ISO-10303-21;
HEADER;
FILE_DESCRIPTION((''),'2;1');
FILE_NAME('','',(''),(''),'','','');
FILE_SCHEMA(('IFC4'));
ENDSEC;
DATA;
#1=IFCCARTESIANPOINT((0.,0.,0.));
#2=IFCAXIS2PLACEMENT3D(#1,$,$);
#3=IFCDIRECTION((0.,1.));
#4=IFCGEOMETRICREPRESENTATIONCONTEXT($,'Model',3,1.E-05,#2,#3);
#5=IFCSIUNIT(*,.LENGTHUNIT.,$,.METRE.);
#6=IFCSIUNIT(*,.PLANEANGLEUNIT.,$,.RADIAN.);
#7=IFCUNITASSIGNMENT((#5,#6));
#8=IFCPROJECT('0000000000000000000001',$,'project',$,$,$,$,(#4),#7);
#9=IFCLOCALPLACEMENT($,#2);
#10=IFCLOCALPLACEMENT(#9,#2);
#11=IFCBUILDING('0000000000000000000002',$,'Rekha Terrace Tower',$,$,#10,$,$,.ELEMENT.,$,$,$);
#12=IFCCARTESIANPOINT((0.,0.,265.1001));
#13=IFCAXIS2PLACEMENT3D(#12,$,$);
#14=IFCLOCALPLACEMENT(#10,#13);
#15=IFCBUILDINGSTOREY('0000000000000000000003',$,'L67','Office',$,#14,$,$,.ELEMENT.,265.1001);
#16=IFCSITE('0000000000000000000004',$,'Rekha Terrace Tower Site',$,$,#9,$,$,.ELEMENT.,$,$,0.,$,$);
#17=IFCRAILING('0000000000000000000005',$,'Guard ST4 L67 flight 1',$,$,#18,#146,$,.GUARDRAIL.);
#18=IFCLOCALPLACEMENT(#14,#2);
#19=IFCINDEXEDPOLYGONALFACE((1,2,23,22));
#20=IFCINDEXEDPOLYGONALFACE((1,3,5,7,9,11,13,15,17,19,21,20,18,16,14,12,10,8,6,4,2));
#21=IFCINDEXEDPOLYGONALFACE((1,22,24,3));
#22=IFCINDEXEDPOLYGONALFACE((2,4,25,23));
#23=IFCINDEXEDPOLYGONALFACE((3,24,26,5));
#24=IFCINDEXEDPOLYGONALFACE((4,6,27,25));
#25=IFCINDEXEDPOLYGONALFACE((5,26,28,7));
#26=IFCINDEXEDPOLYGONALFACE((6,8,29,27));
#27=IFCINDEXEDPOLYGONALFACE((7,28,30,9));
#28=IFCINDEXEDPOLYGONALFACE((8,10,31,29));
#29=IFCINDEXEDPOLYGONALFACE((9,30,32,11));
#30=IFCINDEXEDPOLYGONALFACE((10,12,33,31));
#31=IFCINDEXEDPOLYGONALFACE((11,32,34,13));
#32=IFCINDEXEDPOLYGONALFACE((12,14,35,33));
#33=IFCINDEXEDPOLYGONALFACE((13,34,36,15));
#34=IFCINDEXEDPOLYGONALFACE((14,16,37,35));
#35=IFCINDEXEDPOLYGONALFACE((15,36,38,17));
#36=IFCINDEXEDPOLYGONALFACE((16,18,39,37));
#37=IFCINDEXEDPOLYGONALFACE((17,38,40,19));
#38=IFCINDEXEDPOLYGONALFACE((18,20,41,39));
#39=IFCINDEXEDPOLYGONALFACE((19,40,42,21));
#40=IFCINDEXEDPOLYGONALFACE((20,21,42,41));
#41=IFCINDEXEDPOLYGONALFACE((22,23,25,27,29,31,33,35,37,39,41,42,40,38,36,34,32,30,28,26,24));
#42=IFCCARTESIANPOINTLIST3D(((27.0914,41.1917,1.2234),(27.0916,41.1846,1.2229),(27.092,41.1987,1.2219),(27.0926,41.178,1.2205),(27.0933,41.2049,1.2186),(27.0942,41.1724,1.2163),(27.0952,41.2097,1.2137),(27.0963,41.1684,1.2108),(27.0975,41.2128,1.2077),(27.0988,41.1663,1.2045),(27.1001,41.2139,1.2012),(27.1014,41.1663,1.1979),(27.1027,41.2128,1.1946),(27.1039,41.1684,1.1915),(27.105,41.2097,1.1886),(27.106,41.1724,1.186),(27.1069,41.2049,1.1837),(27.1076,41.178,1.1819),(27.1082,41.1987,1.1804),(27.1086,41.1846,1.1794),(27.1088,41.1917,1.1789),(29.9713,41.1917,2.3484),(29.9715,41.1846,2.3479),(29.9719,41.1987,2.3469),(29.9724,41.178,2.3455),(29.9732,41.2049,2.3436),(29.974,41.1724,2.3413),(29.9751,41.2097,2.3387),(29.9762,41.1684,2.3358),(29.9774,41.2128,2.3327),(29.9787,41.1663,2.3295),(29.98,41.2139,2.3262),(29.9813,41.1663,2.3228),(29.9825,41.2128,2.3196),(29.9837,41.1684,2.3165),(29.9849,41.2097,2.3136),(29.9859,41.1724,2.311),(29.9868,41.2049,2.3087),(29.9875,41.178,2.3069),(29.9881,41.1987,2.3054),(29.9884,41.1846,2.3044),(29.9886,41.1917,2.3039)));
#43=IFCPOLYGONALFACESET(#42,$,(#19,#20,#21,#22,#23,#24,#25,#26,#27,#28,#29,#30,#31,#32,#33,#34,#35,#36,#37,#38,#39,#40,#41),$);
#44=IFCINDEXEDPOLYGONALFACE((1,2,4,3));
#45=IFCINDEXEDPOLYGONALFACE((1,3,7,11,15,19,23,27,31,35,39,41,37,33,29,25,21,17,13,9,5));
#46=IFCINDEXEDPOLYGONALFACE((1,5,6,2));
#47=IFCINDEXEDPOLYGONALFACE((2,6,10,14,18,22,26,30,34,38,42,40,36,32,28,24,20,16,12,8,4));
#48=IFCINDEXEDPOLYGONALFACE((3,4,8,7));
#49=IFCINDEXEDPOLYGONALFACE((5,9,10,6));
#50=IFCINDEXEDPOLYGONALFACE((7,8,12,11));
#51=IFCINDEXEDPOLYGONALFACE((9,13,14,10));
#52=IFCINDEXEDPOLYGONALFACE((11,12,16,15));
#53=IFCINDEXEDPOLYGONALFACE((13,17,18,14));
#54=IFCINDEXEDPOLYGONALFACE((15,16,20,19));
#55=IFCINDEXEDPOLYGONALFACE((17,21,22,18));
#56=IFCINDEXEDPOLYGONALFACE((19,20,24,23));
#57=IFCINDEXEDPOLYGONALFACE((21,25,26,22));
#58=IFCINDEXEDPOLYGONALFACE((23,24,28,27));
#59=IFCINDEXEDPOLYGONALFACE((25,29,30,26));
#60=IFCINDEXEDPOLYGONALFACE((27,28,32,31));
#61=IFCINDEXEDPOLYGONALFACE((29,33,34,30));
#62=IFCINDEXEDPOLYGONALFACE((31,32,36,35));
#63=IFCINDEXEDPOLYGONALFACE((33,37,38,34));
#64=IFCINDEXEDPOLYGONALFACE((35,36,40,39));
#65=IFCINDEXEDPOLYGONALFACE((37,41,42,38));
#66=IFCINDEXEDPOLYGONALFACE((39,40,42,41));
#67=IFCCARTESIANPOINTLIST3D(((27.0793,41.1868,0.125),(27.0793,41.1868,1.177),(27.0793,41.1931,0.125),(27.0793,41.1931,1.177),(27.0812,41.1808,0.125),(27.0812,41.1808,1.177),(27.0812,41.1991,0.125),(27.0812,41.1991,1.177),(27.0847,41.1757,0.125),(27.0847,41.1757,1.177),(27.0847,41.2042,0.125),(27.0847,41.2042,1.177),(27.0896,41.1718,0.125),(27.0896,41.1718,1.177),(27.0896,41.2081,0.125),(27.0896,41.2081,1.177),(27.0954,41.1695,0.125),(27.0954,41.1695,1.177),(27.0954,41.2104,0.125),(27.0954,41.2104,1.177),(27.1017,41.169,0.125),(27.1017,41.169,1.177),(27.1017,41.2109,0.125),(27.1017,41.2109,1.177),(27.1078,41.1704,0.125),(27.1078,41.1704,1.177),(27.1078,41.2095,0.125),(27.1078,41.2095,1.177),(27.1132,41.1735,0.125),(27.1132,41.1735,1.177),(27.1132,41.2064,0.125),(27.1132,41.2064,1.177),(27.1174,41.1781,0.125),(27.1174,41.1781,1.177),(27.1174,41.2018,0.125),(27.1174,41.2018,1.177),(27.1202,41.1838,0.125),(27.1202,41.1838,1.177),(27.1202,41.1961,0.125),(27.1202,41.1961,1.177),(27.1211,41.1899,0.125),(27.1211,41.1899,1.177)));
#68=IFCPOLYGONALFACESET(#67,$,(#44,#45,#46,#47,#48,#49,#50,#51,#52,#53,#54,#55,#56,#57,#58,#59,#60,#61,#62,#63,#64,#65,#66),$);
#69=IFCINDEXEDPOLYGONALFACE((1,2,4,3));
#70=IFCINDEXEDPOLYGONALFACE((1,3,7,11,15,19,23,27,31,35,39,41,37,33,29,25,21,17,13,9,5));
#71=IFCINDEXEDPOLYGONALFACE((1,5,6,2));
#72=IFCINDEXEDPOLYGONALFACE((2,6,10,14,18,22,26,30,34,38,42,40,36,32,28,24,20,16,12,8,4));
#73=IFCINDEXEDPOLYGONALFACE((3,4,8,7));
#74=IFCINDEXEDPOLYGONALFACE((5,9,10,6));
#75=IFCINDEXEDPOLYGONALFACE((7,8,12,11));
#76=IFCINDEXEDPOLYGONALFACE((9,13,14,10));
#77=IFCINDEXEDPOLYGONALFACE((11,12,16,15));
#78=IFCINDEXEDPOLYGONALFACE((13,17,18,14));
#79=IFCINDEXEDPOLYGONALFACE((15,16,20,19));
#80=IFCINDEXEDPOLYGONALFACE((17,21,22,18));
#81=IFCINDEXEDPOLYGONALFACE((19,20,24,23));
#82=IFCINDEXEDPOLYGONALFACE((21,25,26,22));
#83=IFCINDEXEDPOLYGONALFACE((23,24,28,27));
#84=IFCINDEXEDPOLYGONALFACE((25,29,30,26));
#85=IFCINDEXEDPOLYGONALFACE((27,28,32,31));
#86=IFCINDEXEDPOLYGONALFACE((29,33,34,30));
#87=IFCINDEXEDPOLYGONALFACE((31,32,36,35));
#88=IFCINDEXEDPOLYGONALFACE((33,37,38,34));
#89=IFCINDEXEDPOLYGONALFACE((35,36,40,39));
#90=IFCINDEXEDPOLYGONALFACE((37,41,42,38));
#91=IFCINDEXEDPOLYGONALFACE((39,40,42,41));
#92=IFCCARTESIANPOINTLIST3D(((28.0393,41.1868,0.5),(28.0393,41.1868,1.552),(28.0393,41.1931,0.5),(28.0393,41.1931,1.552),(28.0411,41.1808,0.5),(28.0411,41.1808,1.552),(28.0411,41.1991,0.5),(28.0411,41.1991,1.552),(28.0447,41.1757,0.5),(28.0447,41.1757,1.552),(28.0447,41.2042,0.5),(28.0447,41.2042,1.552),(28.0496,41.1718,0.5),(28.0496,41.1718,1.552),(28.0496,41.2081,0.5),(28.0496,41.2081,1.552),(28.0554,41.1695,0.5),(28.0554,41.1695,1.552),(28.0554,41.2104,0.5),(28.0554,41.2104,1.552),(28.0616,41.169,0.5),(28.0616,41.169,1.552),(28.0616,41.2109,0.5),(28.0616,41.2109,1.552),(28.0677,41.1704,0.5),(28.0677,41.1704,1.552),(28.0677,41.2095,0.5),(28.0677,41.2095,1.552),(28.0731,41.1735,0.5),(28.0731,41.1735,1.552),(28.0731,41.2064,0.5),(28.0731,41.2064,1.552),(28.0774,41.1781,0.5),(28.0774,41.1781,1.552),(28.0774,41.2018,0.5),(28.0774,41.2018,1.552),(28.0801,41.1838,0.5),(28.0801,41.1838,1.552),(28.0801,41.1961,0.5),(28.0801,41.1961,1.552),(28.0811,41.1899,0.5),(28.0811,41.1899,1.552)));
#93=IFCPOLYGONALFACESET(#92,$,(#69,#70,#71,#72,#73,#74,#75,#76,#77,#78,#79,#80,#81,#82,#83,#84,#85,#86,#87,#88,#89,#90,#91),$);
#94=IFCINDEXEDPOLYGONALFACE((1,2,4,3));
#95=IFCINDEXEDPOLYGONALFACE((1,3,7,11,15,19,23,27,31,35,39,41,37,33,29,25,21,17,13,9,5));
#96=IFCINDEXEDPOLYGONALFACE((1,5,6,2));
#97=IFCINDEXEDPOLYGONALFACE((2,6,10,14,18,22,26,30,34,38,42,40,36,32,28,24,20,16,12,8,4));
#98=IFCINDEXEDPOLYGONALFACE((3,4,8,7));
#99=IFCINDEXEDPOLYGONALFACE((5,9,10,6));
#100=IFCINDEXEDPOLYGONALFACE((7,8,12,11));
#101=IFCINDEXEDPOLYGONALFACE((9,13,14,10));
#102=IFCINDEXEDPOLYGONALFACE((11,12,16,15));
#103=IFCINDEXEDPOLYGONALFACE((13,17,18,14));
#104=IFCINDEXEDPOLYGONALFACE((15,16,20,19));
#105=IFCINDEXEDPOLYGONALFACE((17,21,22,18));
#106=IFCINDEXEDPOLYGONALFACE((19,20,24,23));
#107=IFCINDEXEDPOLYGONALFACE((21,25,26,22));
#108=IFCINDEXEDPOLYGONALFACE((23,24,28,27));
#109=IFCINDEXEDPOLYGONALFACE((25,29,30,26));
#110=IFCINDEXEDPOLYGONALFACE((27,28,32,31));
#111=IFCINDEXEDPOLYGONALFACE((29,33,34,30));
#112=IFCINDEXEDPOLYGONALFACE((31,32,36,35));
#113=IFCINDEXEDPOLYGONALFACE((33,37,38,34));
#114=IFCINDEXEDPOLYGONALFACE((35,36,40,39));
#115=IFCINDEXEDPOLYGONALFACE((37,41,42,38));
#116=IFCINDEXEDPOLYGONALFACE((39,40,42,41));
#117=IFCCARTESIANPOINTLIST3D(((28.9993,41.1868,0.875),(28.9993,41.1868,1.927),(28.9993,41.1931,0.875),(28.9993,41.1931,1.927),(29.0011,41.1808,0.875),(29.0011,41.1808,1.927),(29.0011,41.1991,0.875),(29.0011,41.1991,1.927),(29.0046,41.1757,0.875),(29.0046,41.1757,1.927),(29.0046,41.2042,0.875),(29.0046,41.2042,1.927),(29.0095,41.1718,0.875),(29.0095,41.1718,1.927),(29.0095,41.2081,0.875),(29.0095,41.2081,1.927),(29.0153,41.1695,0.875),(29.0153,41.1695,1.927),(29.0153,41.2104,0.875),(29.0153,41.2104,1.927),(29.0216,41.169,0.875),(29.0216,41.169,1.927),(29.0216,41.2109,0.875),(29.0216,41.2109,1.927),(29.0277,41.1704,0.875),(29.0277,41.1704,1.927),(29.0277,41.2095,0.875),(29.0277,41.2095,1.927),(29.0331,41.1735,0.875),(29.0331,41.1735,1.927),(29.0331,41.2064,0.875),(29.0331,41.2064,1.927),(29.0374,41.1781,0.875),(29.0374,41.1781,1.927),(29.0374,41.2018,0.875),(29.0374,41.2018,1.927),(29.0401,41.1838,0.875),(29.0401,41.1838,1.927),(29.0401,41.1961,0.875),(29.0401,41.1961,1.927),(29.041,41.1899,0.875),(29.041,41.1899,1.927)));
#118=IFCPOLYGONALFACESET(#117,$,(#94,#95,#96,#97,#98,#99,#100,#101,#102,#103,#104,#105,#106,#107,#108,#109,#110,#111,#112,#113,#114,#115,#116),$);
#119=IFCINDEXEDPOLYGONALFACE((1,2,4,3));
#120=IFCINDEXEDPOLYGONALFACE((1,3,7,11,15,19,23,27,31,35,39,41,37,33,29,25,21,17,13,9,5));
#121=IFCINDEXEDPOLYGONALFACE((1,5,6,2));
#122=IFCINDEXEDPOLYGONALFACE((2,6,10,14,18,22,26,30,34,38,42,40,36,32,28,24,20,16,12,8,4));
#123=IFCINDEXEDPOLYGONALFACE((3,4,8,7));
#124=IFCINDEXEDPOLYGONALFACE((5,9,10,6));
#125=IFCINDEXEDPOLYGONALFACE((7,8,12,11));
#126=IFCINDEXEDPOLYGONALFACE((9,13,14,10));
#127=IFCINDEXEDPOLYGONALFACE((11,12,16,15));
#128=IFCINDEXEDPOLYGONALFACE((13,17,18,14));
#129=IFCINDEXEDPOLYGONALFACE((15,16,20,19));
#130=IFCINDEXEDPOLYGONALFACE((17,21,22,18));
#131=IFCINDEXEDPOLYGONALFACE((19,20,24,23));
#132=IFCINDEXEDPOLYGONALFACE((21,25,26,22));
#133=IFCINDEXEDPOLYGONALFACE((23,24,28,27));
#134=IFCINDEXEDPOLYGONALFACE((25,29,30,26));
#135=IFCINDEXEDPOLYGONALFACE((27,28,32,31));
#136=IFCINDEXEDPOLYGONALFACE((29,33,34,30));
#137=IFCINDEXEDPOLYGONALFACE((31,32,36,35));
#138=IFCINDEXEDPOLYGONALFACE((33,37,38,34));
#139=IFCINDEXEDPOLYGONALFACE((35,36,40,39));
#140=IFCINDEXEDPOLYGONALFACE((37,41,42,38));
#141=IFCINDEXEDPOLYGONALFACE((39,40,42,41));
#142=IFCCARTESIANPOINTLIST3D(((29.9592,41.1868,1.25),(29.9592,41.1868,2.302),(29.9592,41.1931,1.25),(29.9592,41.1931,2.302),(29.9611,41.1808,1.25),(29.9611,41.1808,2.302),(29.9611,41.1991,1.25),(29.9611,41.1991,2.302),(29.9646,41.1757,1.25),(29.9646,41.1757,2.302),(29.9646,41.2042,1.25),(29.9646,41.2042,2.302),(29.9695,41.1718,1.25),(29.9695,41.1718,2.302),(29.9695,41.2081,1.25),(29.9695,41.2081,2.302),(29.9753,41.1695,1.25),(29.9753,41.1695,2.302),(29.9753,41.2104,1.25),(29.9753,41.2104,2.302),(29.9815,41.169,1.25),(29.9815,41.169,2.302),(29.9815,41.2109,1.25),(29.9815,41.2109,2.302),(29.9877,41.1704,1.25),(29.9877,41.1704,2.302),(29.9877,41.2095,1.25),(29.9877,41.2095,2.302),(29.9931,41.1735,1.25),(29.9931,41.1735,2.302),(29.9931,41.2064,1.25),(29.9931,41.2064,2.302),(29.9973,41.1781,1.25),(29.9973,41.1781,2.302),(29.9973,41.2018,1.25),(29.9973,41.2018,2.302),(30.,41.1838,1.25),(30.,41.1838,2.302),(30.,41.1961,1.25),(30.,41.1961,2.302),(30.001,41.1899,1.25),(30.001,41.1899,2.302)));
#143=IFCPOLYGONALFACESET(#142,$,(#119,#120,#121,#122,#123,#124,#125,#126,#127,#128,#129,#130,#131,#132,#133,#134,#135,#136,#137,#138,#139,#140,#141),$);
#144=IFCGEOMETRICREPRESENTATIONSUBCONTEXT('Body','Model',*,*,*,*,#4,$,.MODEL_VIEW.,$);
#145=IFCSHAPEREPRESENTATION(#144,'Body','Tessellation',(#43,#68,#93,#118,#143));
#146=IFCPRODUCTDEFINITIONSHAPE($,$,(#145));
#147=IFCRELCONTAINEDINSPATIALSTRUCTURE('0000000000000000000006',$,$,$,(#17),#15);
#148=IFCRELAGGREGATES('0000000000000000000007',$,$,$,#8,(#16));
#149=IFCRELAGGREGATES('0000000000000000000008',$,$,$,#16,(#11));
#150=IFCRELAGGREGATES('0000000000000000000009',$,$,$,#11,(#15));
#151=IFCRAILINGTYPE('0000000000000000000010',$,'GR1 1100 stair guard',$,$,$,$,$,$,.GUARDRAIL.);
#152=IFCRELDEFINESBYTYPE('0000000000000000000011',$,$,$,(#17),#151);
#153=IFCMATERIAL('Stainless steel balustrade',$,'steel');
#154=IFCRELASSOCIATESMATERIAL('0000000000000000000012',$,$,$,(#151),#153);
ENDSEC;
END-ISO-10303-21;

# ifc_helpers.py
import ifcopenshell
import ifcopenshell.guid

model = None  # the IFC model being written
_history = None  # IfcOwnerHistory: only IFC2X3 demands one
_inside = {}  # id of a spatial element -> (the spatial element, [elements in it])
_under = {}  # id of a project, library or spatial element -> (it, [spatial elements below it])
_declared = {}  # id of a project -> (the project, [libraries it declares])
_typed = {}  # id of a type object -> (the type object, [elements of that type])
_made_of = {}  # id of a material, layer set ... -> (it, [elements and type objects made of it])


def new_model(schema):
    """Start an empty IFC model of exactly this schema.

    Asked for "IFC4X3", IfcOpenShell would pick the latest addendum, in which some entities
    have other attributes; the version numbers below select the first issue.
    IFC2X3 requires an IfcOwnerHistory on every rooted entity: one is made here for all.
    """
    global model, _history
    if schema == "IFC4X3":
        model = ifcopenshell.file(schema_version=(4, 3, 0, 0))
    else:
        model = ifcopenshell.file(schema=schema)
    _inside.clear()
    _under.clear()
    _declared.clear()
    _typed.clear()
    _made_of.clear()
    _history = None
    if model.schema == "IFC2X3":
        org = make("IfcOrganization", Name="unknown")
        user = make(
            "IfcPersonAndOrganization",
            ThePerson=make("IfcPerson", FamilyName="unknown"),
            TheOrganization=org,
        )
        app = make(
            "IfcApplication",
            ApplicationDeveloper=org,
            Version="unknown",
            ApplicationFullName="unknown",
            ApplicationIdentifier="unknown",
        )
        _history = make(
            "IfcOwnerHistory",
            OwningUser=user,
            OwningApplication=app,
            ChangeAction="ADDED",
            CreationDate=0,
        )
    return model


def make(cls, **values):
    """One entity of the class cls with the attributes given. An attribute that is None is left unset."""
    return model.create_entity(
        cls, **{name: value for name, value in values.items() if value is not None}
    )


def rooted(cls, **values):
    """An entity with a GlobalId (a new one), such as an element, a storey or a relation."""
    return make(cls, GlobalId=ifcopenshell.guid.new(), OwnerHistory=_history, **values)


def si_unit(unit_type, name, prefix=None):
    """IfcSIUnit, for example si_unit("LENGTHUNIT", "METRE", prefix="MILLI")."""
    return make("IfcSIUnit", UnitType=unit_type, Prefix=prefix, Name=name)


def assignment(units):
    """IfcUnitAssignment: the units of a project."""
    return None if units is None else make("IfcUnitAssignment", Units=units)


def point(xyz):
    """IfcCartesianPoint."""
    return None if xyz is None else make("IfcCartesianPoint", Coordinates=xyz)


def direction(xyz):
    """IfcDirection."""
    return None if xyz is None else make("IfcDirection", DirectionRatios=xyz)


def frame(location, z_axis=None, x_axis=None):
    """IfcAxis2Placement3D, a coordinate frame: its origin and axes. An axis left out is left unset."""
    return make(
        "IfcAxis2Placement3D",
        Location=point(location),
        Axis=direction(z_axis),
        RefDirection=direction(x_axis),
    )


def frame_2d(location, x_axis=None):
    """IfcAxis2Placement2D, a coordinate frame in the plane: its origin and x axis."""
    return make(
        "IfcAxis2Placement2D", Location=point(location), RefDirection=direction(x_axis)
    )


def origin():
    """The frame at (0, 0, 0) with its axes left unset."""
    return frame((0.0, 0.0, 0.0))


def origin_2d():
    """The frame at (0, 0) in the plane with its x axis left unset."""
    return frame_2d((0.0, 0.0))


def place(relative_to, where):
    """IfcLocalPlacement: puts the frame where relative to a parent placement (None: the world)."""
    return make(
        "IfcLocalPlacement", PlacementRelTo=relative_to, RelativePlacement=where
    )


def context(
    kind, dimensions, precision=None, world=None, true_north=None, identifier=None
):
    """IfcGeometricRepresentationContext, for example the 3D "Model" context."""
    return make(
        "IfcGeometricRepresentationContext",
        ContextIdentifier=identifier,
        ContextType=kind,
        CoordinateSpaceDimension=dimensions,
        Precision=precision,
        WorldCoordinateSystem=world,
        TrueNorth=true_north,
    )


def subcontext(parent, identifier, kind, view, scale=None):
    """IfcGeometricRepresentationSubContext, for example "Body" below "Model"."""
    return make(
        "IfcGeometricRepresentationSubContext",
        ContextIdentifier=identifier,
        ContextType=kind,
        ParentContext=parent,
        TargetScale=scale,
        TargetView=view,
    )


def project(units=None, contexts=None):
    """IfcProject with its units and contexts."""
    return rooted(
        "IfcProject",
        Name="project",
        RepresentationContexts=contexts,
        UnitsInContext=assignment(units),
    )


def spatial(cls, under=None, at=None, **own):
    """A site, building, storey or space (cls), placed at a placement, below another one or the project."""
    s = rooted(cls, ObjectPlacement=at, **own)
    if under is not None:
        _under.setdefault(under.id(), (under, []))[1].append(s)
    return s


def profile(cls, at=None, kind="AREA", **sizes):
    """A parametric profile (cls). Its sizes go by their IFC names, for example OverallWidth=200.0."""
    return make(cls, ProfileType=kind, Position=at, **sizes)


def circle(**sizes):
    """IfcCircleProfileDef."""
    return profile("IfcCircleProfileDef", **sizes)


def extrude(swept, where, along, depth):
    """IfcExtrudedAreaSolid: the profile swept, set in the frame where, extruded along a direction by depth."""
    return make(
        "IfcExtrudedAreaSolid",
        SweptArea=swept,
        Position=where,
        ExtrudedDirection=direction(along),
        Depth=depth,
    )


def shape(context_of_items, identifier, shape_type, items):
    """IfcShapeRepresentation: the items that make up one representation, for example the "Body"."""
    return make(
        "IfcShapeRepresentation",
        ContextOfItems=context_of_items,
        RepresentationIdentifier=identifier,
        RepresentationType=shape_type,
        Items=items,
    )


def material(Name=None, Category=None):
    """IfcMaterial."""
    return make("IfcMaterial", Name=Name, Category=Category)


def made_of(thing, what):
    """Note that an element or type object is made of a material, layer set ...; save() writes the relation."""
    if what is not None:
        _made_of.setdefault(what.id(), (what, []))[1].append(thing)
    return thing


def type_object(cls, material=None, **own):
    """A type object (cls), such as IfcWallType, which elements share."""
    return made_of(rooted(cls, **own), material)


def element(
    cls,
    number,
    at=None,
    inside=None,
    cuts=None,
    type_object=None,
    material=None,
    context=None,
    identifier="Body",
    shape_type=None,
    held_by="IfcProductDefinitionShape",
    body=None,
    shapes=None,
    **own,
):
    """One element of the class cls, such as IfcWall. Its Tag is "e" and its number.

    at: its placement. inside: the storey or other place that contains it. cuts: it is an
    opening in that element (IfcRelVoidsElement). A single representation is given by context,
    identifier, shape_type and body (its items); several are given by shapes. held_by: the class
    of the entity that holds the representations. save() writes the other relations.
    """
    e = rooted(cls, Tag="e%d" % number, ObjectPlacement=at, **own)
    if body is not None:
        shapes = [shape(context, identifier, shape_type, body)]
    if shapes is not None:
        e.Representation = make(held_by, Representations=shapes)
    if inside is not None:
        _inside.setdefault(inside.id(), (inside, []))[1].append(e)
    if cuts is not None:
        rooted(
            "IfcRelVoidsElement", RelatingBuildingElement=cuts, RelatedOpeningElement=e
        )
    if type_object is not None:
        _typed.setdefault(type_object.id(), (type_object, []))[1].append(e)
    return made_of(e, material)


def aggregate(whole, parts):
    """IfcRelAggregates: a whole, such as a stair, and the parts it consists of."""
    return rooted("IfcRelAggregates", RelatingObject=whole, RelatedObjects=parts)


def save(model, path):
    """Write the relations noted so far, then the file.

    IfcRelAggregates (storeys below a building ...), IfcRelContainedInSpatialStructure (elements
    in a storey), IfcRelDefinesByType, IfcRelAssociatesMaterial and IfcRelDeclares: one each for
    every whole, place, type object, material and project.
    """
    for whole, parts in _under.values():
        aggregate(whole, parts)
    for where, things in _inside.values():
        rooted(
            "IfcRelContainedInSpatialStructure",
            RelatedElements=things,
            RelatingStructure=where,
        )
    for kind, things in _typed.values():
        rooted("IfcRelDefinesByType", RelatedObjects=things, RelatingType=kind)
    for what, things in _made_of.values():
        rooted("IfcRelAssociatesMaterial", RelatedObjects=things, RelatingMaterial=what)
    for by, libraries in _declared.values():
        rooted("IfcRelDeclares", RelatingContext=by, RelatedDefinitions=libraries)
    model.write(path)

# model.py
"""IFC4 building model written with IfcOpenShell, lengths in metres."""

from ifc_helpers import new_model, si_unit, direction, frame, origin, origin_2d, place, context, subcontext, project, spatial, circle, extrude, material, type_object, element, save


model = new_model("IFC4")

# Units and contexts
model_context = context("Model", 3, precision=1e-05, world=origin(), true_north=direction((0.0, 1.0)))
body_context = subcontext(model_context, "Body", "Model", "MODEL_VIEW")
ifc_project = project(units=[si_unit("LENGTHUNIT", "METRE"), si_unit("PLANEANGLEUNIT", "RADIAN")], contexts=[model_context])

# Site, building, storey
site_placement = place(None, origin())
site = spatial("IfcSite", under=ifc_project, at=site_placement, Name="Rekha Terrace Tower Site", CompositionType="ELEMENT", RefElevation=0.0)
building_placement = place(site_placement, origin())
building = spatial("IfcBuilding", under=site, at=building_placement, Name="Rekha Terrace Tower", CompositionType="ELEMENT")
storey_placement = place(building_placement, frame((0.0, 0.0, 265.1001)))
storey = spatial("IfcBuildingStorey", under=building, at=storey_placement, Name="L67", Description="Office", CompositionType="ELEMENT", Elevation=265.1001)

# Railing
ifc_material_1 = material(Name="Stainless steel balustrade", Category="steel")
railing_type_1 = type_object("IfcRailingType", Name="GR1 1100 stair guard", PredefinedType="GUARDRAIL", material=ifc_material_1)
railing_1_placement = place(storey_placement, frame((27.1001, 41.1899, 0.125)))
element("IfcRailing", 1, at=railing_1_placement, inside=storey, type_object=railing_type_1, Name="Guard ST4 L67 flight 1", PredefinedType="GUARDRAIL", context=body_context, shape_type="SweptSolid", body=[
    extrude(circle(Radius=0.0239, at=origin_2d()), frame((0.0, 0.0, 1.0762), z_axis=(0.931452, 0.0, 0.363863), x_axis=(0.0, 1.0, 0.0)), (0.0, 0.0, 1.0), 3.0918),
    extrude(circle(Radius=0.021, at=origin_2d()), origin(), (0.0, 0.0, 1.0), 1.052),
    extrude(circle(Radius=0.021, at=origin_2d()), frame((0.96, 0.0, 0.375)), (0.0, 0.0, 1.0), 1.052),
    extrude(circle(Radius=0.021, at=origin_2d()), frame((1.9199, 0.0, 0.75)), (0.0, 0.0, 1.0), 1.052),
    extrude(circle(Radius=0.021, at=origin_2d()), frame((2.8799, 0.0, 1.125)), (0.0, 0.0, 1.0), 1.052),
])

save(model, "model.ifc")
